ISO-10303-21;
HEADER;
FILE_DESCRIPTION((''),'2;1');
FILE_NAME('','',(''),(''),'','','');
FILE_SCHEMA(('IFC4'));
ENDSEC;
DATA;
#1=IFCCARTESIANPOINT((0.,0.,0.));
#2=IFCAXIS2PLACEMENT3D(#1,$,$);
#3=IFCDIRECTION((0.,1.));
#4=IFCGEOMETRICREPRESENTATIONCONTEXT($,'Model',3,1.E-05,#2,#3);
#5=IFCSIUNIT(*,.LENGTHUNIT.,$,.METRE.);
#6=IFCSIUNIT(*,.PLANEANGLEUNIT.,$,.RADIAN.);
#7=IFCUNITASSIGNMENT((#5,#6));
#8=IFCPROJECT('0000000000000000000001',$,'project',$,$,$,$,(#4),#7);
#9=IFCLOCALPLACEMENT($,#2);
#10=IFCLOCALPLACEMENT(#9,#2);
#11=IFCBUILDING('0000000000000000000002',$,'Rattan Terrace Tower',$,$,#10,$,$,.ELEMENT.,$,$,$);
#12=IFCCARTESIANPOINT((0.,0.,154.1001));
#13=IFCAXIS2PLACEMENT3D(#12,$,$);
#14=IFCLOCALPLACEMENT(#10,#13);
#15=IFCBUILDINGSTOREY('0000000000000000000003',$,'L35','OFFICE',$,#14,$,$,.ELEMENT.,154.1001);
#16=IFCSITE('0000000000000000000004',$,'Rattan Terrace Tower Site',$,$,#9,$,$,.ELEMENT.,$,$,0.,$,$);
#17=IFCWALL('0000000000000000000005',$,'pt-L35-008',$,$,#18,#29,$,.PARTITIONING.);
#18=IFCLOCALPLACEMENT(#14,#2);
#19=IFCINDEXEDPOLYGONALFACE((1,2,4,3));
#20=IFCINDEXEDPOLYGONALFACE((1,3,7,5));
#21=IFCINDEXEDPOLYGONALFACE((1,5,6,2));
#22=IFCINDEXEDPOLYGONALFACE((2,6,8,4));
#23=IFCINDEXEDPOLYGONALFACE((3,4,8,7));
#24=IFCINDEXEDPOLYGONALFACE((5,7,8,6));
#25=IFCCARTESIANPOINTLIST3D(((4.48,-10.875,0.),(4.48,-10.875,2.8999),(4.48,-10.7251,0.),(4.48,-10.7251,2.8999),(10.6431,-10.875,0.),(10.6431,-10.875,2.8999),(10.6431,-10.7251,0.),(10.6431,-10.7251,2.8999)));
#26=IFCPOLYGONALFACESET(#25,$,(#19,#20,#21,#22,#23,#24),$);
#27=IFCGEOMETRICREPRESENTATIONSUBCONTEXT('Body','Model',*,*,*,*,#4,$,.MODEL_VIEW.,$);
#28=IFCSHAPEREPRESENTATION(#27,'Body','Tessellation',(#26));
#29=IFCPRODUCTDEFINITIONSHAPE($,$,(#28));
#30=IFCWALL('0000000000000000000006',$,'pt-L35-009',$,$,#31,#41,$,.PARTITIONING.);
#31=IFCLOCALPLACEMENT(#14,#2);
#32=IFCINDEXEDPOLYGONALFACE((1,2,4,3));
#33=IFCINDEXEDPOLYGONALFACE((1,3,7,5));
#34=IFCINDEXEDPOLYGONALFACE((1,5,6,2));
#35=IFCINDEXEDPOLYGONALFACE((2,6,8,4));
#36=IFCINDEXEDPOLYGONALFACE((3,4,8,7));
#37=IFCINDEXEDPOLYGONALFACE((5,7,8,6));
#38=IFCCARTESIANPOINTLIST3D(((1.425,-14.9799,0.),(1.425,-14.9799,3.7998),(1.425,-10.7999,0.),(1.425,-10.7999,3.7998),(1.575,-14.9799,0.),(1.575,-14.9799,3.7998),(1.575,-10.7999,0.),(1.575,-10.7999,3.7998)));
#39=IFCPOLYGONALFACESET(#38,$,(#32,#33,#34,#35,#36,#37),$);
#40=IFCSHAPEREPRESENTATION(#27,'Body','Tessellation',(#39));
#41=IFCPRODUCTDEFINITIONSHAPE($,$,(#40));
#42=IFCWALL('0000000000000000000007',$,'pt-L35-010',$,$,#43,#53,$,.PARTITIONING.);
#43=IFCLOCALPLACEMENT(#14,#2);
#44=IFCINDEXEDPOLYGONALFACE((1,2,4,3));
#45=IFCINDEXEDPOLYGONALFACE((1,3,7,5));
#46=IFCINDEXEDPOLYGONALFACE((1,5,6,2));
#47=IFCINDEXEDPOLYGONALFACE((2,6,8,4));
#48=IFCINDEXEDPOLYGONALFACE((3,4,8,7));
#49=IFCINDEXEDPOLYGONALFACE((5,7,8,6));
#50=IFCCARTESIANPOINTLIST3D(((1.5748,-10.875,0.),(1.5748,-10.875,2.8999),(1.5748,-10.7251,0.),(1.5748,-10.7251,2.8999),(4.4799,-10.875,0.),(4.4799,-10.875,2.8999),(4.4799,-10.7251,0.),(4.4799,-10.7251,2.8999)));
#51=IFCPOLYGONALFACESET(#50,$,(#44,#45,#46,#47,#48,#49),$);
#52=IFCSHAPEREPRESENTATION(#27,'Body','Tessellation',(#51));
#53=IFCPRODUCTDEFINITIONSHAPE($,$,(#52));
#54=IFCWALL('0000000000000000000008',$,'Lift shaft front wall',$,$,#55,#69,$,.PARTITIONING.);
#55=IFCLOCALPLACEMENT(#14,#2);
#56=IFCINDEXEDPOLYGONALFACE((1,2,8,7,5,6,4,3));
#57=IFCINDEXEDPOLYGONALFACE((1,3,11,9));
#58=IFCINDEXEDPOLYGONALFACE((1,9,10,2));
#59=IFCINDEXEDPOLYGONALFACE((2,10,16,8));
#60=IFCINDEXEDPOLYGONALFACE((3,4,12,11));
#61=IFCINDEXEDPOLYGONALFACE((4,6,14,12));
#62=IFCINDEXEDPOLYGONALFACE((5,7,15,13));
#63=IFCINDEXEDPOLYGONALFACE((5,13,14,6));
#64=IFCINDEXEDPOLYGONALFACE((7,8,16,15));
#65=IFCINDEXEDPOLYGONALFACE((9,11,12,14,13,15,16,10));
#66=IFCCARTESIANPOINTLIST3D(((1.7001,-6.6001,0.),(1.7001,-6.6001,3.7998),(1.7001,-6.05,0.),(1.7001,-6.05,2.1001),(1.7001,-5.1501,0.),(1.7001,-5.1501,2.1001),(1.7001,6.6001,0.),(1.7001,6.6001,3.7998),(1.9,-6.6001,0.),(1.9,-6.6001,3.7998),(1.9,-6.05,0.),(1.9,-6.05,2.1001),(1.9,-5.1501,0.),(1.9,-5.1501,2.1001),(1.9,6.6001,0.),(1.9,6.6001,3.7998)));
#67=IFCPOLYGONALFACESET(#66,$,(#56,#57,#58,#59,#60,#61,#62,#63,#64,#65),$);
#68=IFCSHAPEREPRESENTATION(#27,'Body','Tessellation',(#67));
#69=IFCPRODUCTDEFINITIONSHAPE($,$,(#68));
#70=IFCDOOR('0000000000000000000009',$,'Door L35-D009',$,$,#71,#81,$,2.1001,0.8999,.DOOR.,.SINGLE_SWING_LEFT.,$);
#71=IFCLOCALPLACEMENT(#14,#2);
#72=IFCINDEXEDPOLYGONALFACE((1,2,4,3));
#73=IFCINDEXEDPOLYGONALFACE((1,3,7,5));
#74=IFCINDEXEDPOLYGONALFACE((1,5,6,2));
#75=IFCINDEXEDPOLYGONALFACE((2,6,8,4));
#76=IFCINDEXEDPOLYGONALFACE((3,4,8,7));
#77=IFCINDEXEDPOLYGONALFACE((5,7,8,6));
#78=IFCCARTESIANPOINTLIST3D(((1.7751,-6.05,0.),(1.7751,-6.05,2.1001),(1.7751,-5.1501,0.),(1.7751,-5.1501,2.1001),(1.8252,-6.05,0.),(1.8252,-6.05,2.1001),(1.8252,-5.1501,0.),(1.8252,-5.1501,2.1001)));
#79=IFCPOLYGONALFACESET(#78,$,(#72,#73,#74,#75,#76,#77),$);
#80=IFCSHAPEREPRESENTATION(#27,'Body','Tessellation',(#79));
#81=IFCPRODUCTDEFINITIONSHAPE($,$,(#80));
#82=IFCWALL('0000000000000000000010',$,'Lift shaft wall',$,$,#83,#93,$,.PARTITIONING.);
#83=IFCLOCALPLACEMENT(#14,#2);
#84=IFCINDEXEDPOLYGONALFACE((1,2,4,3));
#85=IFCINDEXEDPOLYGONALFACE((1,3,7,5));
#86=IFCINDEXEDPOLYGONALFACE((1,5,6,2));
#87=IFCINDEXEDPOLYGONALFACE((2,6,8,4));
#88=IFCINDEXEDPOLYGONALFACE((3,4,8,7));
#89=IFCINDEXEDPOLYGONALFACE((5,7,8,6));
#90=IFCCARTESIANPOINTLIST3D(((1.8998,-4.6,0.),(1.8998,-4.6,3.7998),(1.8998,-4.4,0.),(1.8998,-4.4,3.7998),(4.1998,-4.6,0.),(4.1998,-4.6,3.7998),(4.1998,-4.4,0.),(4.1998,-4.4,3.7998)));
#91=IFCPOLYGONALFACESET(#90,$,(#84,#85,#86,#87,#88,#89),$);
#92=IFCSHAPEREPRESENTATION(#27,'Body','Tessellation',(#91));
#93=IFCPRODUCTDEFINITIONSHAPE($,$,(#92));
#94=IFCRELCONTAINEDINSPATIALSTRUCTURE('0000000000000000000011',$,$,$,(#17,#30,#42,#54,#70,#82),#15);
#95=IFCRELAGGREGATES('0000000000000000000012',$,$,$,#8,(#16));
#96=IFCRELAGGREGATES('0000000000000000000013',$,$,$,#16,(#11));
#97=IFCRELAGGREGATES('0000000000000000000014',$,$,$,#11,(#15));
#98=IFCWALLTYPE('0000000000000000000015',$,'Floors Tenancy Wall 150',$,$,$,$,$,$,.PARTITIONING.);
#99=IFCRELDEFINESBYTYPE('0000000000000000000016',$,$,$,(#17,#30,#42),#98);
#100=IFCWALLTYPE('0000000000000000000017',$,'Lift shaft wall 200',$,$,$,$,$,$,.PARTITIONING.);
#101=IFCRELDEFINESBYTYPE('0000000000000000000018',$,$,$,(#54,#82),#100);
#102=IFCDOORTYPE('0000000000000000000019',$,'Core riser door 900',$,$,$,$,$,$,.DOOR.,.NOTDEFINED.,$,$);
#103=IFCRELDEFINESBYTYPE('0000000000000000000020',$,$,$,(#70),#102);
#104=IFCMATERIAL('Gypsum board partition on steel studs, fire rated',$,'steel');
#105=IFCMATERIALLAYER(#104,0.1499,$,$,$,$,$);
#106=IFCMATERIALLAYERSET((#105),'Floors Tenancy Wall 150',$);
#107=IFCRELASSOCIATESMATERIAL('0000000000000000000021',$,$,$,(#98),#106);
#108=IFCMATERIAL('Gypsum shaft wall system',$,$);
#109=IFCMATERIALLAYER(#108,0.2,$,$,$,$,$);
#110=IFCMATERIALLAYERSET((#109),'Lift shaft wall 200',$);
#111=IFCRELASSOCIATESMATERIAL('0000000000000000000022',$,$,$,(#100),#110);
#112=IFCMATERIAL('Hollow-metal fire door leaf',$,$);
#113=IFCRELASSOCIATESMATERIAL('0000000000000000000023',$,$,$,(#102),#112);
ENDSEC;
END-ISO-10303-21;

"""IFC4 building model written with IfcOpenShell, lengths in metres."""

from ifc_helpers import new_model, si_unit, direction, frame, frame_2d, origin, place, context, subcontext, project, spatial, rectangle, extrude, material, layer, layer_set, type_object, element, fill, save


model = new_model("IFC4")

# Units and contexts
model_context = context("Model", 3, precision=1e-05, world=origin(), true_north=direction((0.0, 1.0)))
body_context = subcontext(model_context, "Body", "Model", "MODEL_VIEW")
ifc_project = project(units=[si_unit("LENGTHUNIT", "METRE"), si_unit("PLANEANGLEUNIT", "RADIAN")], contexts=[model_context])

# Site, building, storey
site_placement = place(None, origin())
site = spatial("IfcSite", under=ifc_project, at=site_placement, Name="Rattan Terrace Tower Site", CompositionType="ELEMENT", RefElevation=0.0)
building_placement = place(site_placement, origin())
building = spatial("IfcBuilding", under=site, at=building_placement, Name="Rattan Terrace Tower", CompositionType="ELEMENT")
storey_placement = place(building_placement, frame((0.0, 0.0, 154.1001)))
storey = spatial("IfcBuildingStorey", under=building, at=storey_placement, Name="L35", Description="OFFICE", CompositionType="ELEMENT", Elevation=154.1001)

# Shared definitions
ifc_material_1 = material(Name="Gypsum board partition on steel studs, fire rated", Category="steel")
ifc_layer_1 = layer(ifc_material_1, 0.1499)
ifc_layer_set_1 = layer_set([ifc_layer_1], Name="Floors Tenancy Wall 150")
wall_type_1 = type_object("IfcWallType", Name="Floors Tenancy Wall 150", PredefinedType="PARTITIONING", material=ifc_layer_set_1)

# Walls
wall_1_placement = place(storey_placement, frame((10.6431, -10.8, 0.0), z_axis=(0.0, 0.0, 1.0), x_axis=(-1.0, 0.0, 0.0)))
element("IfcWall", 1, at=wall_1_placement, inside=storey, type_object=wall_type_1, Name="pt-L35-008", PredefinedType="PARTITIONING", context=body_context, shape_type="SweptSolid", body=[
    extrude(rectangle(XDim=6.1631, YDim=0.1499, at=frame_2d((3.0815, 0.0))), origin(), (0.0, 0.0, 1.0), 2.8999),
])
wall_2_placement = place(storey_placement, frame((1.5, -10.8, 0.0), z_axis=(0.0, 0.0, 1.0), x_axis=(0.0, -1.0, 0.0)))
element("IfcWall", 2, at=wall_2_placement, inside=storey, type_object=wall_type_1, Name="pt-L35-009", PredefinedType="PARTITIONING", context=body_context, shape_type="SweptSolid", body=[
    extrude(rectangle(XDim=4.1799, YDim=0.1499, at=frame_2d((2.0898, 0.0))), origin(), (0.0, 0.0, 1.0), 3.7998),
])
wall_3_placement = place(storey_placement, frame((4.48, -10.8, 0.0), z_axis=(0.0, 0.0, 1.0), x_axis=(-1.0, 0.0, 0.0)))
element("IfcWall", 3, at=wall_3_placement, inside=storey, type_object=wall_type_1, Name="pt-L35-010", PredefinedType="PARTITIONING", context=body_context, shape_type="SweptSolid", body=[
    extrude(rectangle(XDim=2.905, YDim=0.1499, at=frame_2d((1.4526, 0.0))), origin(), (0.0, 0.0, 1.0), 2.8999),
])

# Wall, opening, door
ifc_material_2 = material(Name="Gypsum shaft wall system")
ifc_layer_2 = layer(ifc_material_2, 0.2)
ifc_layer_set_2 = layer_set([ifc_layer_2], Name="Lift shaft wall 200")
wall_type_2 = type_object("IfcWallType", Name="Lift shaft wall 200", PredefinedType="PARTITIONING", material=ifc_layer_set_2)
wall_4_placement = place(storey_placement, frame((1.8, -6.6001, 0.0), z_axis=(0.0, 0.0, 1.0), x_axis=(0.0, 1.0, 0.0)))
wall_4 = element("IfcWall", 4, at=wall_4_placement, inside=storey, type_object=wall_type_2, Name="Lift shaft front wall", PredefinedType="PARTITIONING", context=body_context, shape_type="SweptSolid", body=[
    extrude(rectangle(XDim=13.2002, YDim=0.2, at=frame_2d((6.6001, 0.0))), origin(), (0.0, 0.0, 1.0), 3.7998),
])
opening_1_placement = place(wall_4_placement, frame((0.55, 0.0, 0.0)))
opening_1 = element("IfcOpeningElement", 5, at=opening_1_placement, cuts=wall_4, PredefinedType="OPENING", context=body_context, shape_type="SweptSolid", body=[
    extrude(rectangle(XDim=0.8999, YDim=2.1001, at=frame_2d((0.45, 1.05))), frame((0.0, 0.1106, 0.0), z_axis=(0.0, -1.0, 0.0), x_axis=(1.0, 0.0, 0.0)), (0.0, 0.0, 1.0), 0.2209),
])
ifc_material_3 = material(Name="Hollow-metal fire door leaf")
door_type_1 = type_object("IfcDoorType", Name="Core riser door 900", OperationType="NOTDEFINED", PredefinedType="DOOR", material=ifc_material_3)
door_1_placement = place(opening_1_placement, origin())
door_1 = element("IfcDoor", 6, at=door_1_placement, inside=storey, type_object=door_type_1, Name="Door L35-D009", OperationType="SINGLE_SWING_LEFT", OverallHeight=2.1001, OverallWidth=0.8999, PredefinedType="DOOR", context=body_context, shape_type="SweptSolid", body=[
    extrude(rectangle(XDim=0.8999, YDim=2.1001, at=frame_2d((0.45, 1.05))), frame((0.0, 0.0249, 0.0), z_axis=(0.0, -1.0, 0.0), x_axis=(1.0, 0.0, 0.0)), (0.0, 0.0, 1.0), 0.05),
])
fill(opening_1, door_1)

# Wall
wall_5_placement = place(storey_placement, frame((1.8999, -4.5, 0.0), z_axis=(0.0, 0.0, 1.0), x_axis=(1.0, 0.0, 0.0)))
element("IfcWall", 7, at=wall_5_placement, inside=storey, type_object=wall_type_2, Name="Lift shaft wall", PredefinedType="PARTITIONING", context=body_context, shape_type="SweptSolid", body=[
    extrude(rectangle(XDim=2.3, YDim=0.2, at=frame_2d((1.1499, 0.0))), origin(), (0.0, 0.0, 1.0), 3.7998),
])

save(model, "model.ifc")
